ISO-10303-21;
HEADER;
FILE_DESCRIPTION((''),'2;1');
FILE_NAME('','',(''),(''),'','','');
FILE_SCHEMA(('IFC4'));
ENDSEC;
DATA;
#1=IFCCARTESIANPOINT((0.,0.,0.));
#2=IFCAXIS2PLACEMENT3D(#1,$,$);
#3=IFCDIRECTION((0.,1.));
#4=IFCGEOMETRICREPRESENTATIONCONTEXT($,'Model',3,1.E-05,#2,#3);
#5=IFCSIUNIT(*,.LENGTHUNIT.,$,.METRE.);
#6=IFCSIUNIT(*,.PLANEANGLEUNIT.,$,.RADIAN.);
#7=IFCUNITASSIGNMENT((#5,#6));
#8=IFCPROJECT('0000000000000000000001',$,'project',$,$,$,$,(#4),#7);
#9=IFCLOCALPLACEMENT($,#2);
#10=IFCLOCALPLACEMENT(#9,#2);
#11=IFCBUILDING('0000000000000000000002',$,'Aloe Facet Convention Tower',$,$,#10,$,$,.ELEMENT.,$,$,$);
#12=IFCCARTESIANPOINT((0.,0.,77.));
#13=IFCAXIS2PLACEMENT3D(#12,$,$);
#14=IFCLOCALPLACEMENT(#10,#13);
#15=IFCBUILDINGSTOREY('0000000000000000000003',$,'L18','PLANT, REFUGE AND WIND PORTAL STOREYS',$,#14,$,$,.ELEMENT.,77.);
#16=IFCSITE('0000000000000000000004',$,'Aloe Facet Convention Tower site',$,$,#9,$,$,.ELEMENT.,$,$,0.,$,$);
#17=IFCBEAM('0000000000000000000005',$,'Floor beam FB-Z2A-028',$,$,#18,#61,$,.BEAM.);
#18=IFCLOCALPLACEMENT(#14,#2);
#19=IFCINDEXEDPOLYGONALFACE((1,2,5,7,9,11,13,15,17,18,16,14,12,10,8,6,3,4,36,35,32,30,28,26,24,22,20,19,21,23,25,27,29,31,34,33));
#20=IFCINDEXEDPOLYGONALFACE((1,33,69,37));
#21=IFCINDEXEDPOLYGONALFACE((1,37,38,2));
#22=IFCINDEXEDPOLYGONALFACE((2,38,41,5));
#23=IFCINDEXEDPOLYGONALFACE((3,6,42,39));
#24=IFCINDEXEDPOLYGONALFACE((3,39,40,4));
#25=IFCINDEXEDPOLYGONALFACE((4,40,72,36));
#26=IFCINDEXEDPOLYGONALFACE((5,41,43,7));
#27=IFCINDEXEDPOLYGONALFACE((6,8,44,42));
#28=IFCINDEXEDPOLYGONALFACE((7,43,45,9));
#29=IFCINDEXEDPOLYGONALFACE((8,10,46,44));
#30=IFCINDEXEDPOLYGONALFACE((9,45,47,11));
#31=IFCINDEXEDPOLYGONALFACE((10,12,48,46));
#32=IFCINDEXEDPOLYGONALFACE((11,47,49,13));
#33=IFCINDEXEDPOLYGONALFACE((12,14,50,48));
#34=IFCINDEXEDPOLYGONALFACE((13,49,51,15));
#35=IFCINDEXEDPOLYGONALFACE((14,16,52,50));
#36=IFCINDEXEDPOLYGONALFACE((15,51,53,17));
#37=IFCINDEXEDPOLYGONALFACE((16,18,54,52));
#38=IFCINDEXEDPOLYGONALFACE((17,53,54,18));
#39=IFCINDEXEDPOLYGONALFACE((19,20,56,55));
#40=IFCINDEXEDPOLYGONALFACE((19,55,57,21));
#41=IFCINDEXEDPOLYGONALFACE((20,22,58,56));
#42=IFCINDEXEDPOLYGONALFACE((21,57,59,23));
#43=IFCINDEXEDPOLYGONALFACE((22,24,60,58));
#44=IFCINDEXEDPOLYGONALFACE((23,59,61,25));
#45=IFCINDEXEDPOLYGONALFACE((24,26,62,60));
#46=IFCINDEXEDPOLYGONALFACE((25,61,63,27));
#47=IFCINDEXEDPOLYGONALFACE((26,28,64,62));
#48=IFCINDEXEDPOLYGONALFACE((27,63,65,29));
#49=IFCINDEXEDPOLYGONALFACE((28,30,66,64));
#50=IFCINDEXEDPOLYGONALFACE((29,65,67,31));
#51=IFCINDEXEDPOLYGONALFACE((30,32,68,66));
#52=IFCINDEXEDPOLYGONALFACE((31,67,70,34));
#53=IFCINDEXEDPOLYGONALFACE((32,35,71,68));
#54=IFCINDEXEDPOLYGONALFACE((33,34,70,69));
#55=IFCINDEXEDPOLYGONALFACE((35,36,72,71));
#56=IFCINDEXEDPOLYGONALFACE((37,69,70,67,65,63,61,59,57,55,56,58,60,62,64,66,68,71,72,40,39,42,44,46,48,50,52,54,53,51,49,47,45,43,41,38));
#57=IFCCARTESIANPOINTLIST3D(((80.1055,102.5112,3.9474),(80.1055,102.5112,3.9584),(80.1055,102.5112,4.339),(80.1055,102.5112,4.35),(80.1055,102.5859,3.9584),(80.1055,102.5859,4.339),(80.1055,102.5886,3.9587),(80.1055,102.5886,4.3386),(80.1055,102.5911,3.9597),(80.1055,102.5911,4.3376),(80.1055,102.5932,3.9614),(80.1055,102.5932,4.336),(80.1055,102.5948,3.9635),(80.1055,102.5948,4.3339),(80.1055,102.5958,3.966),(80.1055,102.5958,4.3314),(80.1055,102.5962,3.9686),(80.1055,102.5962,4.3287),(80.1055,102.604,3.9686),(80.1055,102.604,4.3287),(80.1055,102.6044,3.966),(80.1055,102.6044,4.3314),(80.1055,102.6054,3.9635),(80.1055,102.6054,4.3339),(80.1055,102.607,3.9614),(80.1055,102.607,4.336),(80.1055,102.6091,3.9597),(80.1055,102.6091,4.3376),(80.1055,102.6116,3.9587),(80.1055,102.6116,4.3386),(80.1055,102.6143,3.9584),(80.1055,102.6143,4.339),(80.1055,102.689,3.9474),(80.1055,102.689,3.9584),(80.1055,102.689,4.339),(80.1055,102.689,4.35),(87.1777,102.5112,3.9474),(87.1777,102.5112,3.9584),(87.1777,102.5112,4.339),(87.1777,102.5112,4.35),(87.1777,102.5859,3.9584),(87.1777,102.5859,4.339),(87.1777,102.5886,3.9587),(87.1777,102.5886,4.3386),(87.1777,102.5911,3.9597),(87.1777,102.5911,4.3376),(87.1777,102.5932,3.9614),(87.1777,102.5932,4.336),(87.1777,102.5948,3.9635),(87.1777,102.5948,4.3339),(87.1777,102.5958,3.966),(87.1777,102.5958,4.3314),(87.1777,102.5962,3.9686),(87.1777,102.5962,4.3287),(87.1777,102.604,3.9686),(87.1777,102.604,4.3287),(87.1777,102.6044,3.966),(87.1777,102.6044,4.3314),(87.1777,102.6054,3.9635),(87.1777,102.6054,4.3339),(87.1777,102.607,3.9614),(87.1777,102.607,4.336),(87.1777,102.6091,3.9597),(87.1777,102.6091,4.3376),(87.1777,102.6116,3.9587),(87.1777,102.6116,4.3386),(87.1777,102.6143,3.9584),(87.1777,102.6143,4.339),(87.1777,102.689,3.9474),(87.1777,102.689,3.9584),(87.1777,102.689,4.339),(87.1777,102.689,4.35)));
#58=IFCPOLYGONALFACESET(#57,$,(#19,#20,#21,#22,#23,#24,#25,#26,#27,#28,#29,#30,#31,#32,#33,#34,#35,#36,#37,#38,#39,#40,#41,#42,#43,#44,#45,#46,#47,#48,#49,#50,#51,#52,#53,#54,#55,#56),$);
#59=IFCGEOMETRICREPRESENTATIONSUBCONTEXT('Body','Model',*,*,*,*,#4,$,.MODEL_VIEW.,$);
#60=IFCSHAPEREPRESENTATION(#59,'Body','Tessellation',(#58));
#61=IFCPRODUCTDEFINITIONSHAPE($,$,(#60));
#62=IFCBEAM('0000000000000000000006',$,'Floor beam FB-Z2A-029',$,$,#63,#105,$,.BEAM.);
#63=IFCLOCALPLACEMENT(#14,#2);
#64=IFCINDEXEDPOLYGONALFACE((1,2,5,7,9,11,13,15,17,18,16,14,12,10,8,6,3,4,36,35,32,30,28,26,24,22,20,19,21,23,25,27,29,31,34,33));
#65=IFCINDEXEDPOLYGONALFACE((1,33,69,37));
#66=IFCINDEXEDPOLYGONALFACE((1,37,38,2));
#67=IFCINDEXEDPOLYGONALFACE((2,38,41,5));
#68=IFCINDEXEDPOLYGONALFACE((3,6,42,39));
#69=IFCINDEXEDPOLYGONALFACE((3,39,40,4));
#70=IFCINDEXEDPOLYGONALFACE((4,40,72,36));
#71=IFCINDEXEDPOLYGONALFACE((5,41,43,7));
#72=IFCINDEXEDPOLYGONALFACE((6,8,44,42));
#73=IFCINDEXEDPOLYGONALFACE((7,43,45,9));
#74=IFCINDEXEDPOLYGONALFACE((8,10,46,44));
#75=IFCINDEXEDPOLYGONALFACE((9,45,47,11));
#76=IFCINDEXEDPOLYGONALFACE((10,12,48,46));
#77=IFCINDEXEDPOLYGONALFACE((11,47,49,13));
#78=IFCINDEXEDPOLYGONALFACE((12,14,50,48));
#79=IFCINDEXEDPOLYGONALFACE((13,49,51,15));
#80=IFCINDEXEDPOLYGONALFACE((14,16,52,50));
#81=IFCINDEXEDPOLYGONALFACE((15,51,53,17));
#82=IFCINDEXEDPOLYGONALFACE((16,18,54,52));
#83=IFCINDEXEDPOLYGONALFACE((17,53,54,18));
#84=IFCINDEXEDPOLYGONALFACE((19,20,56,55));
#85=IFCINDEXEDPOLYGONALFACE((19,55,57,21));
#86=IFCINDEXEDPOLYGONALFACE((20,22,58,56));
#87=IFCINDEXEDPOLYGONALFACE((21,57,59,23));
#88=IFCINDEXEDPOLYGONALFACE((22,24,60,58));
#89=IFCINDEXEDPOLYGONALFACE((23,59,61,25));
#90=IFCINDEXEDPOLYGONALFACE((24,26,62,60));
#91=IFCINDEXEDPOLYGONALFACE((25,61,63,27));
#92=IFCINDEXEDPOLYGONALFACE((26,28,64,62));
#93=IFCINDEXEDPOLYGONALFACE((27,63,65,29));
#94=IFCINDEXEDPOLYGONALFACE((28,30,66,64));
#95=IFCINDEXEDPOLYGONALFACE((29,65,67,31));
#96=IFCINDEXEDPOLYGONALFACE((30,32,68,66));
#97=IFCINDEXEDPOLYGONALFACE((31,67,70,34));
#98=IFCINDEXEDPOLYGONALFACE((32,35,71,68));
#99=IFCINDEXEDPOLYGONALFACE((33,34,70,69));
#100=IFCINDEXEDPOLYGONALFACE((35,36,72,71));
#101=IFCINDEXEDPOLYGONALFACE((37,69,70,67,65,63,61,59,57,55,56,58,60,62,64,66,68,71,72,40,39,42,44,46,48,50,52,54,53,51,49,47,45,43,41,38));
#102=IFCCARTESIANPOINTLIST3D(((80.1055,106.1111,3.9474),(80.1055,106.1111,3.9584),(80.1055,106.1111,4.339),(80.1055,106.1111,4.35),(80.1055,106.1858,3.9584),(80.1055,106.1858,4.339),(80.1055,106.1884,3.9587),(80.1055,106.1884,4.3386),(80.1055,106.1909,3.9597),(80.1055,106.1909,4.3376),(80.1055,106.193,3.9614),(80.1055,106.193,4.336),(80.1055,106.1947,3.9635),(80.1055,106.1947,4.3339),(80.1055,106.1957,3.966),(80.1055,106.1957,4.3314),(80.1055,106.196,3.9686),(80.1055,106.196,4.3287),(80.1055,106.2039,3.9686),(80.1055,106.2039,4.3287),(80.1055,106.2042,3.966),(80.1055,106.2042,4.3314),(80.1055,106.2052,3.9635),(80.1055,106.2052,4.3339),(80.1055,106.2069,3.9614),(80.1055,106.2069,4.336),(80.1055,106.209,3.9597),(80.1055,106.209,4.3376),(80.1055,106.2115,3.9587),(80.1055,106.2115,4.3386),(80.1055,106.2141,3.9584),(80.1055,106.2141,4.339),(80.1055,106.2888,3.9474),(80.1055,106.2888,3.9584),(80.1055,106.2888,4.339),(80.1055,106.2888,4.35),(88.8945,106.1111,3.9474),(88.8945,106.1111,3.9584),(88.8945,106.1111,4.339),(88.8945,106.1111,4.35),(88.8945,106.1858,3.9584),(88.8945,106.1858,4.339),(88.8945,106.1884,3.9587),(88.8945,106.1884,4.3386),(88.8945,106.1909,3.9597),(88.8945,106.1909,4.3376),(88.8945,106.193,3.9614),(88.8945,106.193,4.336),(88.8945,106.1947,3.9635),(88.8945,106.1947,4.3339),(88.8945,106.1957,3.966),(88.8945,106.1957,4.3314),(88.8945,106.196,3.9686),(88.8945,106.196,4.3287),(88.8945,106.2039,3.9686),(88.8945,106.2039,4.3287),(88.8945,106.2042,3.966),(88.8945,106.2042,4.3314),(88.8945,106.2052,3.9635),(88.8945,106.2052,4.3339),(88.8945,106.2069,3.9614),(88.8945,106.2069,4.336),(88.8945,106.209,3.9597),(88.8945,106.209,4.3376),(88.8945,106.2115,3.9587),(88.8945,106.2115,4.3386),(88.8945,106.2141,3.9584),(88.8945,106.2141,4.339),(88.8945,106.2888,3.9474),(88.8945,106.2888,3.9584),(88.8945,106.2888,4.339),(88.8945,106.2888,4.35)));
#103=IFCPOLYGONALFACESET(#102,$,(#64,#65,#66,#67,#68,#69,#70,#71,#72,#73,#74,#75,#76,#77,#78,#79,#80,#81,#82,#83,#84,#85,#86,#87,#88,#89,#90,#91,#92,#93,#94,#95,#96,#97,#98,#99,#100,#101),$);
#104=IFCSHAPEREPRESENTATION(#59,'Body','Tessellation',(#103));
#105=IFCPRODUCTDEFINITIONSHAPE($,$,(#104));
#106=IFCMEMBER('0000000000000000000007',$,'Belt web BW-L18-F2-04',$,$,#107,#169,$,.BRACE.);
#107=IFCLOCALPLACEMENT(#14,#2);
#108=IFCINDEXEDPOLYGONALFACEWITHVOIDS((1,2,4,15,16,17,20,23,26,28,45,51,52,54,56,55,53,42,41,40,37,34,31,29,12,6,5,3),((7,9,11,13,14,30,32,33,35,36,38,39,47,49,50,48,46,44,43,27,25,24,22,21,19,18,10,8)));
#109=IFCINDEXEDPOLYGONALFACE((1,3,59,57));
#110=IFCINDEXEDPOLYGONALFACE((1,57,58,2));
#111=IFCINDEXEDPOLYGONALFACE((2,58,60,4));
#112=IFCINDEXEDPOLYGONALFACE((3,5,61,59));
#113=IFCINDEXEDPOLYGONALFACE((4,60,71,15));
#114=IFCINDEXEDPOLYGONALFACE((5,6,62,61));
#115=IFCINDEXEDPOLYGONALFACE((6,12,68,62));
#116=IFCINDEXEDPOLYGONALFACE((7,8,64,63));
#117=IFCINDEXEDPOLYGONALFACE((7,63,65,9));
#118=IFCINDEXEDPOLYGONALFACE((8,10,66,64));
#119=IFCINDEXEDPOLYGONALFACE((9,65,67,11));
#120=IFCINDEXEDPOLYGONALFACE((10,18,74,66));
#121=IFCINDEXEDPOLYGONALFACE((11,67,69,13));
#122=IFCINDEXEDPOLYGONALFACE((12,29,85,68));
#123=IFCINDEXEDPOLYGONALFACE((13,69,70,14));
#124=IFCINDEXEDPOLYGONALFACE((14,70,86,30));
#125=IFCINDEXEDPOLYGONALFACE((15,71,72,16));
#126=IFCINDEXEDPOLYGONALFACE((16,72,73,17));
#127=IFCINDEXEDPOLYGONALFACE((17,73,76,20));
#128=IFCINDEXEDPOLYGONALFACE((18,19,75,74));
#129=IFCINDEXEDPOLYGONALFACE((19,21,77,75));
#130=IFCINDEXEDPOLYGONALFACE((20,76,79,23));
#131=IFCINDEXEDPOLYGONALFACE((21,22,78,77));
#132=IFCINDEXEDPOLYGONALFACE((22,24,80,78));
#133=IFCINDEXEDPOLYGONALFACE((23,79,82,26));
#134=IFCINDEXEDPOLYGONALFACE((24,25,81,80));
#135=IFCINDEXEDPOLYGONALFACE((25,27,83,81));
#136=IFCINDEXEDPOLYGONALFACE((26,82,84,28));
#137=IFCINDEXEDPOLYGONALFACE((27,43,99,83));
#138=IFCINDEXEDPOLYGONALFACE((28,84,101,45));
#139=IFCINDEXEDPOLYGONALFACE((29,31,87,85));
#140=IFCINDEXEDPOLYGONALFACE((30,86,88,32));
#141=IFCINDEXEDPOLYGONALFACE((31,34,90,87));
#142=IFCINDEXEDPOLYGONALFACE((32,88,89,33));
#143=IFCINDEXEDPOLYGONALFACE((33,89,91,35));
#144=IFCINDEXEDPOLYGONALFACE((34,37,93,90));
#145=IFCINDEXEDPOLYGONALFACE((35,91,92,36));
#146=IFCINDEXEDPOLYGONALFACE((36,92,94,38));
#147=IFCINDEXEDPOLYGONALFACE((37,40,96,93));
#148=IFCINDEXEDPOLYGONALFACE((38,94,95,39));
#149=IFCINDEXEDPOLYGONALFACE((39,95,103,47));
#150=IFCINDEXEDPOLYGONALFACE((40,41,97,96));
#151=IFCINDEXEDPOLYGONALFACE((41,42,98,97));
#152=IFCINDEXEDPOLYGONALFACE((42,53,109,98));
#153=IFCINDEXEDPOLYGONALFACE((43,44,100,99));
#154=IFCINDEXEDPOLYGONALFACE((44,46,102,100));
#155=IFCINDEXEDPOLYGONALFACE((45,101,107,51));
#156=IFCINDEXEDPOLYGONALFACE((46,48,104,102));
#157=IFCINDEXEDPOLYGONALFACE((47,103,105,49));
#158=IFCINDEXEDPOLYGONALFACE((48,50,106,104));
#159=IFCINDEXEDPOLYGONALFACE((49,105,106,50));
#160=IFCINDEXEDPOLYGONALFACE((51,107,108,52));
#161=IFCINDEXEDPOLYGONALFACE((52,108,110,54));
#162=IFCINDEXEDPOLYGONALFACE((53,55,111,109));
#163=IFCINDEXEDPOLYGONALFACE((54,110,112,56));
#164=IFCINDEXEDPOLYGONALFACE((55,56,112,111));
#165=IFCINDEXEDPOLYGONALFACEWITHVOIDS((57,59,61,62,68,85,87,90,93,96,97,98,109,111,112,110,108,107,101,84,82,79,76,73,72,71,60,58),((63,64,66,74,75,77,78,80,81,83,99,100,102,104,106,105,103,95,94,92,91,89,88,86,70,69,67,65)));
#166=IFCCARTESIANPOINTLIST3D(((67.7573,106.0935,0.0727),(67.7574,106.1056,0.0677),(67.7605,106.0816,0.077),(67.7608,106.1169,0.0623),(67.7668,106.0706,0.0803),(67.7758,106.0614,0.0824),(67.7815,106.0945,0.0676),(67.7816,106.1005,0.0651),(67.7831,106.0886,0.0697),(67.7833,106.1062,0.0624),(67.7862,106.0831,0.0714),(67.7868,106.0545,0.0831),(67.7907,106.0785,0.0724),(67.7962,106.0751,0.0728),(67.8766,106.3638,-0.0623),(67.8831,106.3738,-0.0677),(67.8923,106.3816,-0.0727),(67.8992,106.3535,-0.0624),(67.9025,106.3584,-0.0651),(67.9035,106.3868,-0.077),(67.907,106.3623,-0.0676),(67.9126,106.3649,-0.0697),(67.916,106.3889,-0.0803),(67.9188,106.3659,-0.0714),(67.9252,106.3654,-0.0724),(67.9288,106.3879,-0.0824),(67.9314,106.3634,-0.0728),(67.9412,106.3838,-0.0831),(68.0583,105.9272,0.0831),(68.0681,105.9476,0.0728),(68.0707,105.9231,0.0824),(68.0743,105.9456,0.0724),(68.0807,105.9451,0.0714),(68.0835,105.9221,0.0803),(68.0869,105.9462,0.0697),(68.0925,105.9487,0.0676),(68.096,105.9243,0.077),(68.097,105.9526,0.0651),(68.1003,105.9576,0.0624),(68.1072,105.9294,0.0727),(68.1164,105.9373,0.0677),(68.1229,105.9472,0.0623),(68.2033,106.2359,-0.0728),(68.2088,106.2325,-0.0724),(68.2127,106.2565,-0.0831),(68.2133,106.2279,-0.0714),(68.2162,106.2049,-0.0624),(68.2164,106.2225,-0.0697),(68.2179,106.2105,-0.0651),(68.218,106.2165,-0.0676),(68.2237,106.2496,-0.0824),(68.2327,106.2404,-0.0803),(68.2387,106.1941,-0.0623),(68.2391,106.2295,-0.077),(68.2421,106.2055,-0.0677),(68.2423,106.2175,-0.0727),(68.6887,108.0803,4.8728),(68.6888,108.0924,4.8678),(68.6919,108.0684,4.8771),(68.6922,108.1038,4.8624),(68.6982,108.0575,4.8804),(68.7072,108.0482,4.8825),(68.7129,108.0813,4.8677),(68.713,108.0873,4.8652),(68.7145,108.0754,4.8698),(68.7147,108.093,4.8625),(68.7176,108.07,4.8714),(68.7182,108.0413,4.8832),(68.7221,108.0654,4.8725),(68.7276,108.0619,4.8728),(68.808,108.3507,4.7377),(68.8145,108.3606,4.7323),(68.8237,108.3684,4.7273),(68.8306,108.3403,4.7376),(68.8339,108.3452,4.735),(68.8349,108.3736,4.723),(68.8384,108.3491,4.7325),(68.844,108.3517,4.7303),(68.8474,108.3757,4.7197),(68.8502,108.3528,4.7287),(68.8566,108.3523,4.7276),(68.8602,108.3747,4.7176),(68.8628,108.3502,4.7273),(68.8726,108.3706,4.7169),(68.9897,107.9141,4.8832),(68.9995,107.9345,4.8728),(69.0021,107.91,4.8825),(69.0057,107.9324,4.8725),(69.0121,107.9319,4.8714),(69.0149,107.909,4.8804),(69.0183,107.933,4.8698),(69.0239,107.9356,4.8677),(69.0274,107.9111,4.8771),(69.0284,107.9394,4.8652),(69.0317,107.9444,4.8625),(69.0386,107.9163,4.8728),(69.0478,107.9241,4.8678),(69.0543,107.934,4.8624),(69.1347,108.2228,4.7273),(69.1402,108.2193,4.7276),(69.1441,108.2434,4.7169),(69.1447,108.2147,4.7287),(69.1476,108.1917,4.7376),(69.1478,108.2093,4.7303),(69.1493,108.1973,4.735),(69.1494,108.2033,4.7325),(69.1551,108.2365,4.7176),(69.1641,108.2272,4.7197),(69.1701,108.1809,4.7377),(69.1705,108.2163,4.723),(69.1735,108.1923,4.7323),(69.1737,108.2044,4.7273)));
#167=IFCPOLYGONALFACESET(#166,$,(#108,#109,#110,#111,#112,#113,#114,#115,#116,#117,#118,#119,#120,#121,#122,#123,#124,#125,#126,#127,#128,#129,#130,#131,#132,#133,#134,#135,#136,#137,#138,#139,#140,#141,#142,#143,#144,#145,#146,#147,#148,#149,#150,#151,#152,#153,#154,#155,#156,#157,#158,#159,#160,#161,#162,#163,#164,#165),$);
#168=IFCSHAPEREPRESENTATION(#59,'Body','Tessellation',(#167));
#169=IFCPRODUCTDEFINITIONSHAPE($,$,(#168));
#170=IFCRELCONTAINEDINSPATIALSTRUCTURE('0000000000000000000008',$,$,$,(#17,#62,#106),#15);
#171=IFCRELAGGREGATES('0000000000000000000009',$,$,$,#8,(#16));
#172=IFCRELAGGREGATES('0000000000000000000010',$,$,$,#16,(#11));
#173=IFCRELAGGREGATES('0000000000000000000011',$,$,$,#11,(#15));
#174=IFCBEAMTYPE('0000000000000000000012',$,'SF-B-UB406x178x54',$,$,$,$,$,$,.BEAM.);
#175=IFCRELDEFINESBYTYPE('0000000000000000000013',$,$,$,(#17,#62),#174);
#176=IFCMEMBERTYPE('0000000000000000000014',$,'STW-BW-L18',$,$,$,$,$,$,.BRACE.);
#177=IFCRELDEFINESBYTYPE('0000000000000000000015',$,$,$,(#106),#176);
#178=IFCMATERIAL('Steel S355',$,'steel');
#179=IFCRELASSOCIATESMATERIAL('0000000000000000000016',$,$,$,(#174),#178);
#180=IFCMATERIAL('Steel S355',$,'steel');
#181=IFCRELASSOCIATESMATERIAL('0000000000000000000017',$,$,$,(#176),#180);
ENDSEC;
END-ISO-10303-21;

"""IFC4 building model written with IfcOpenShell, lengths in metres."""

from ifc_helpers import new_model, si_unit, direction, frame, origin, origin_2d, place, context, subcontext, project, spatial, hollow_rectangle, i_section, extrude, material, material_profile, profile_set, type_object, element, save


model = new_model("IFC4")

# Units and contexts
model_context = context("Model", 3, precision=1e-05, world=origin(), true_north=direction((0.0, 1.0)))
body_context = subcontext(model_context, "Body", "Model", "MODEL_VIEW")
ifc_project = project(units=[si_unit("LENGTHUNIT", "METRE"), si_unit("PLANEANGLEUNIT", "RADIAN")], contexts=[model_context])

# Site, building, storey
site_placement = place(None, origin())
site = spatial("IfcSite", under=ifc_project, at=site_placement, Name="Aloe Facet Convention Tower site", CompositionType="ELEMENT", RefElevation=0.0)
building_placement = place(site_placement, origin())
building = spatial("IfcBuilding", under=site, at=building_placement, Name="Aloe Facet Convention Tower", CompositionType="ELEMENT")
storey_placement = place(building_placement, frame((0.0, 0.0, 77.0)))
storey = spatial("IfcBuildingStorey", under=building, at=storey_placement, Name="L18", Description="PLANT, REFUGE AND WIND PORTAL STOREYS", CompositionType="ELEMENT", Elevation=77.0)

# Beams
ifc_material_1 = material(Name="Steel S355", Category="steel")
ifc_material_profile_1 = material_profile(ifc_material_1, i_section(OverallWidth=0.1777, OverallDepth=0.4026, WebThickness=0.0078, FlangeThickness=0.011, FilletRadius=0.0103, at=origin_2d()), Name="UB 406x178x54")
ifc_profile_set_1 = profile_set([ifc_material_profile_1], Name="Steel S355")
beam_type = type_object("IfcBeamType", Name="SF-B-UB406x178x54", PredefinedType="BEAM", material=ifc_profile_set_1)
beam_1_placement = place(storey_placement, frame((80.1055, 102.6001, 4.1487), z_axis=(1.0, 0.0, 0.0), x_axis=(0.0, 1.0, 0.0)))
element("IfcBeam", 1, at=beam_1_placement, inside=storey, type_object=beam_type, Name="Floor beam FB-Z2A-028", PredefinedType="BEAM", context=body_context, shape_type="SweptSolid", body=[
    extrude(i_section(OverallWidth=0.1777, OverallDepth=0.4026, WebThickness=0.0078, FlangeThickness=0.011, FilletRadius=0.0103, at=origin_2d()), origin(), (0.0, 0.0, 1.0), 7.0723),
])
beam_2_placement = place(storey_placement, frame((80.1055, 106.2, 4.1487), z_axis=(1.0, 0.0, 0.0), x_axis=(0.0, 1.0, 0.0)))
element("IfcBeam", 2, at=beam_2_placement, inside=storey, type_object=beam_type, Name="Floor beam FB-Z2A-029", PredefinedType="BEAM", context=body_context, shape_type="SweptSolid", body=[
    extrude(i_section(OverallWidth=0.1777, OverallDepth=0.4026, WebThickness=0.0078, FlangeThickness=0.011, FilletRadius=0.0103, at=origin_2d()), origin(), (0.0, 0.0, 1.0), 8.7891),
])

# Member
ifc_material_2 = material(Name="Steel S355", Category="steel")
ifc_material_profile_2 = material_profile(ifc_material_2, hollow_rectangle(XDim=0.3999, YDim=0.3999, WallThickness=0.0249, InnerFilletRadius=0.0249, OuterFilletRadius=0.05, at=origin_2d()), Name="SHS 400x400x25")
ifc_profile_set_2 = profile_set([ifc_material_profile_2], Name="Steel S355")
member_type_1 = type_object("IfcMemberType", Name="STW-BW-L18", PredefinedType="BRACE", material=ifc_profile_set_2)
member_1_placement = place(storey_placement, frame((67.9998, 106.1555, 0.0), z_axis=(0.176474, 0.376446, 0.909475), x_axis=(-0.905446, 0.424462, 0.0)))
element("IfcMember", 3, at=member_1_placement, inside=storey, type_object=member_type_1, Name="Belt web BW-L18-F2-04", PredefinedType="BRACE", context=body_context, shape_type="SweptSolid", body=[
    extrude(hollow_rectangle(XDim=0.3999, YDim=0.3999, WallThickness=0.0249, InnerFilletRadius=0.0249, OuterFilletRadius=0.05, at=origin_2d()), origin(), (0.0, 0.0, 1.0), 5.2778),
])

save(model, "model.ifc")
